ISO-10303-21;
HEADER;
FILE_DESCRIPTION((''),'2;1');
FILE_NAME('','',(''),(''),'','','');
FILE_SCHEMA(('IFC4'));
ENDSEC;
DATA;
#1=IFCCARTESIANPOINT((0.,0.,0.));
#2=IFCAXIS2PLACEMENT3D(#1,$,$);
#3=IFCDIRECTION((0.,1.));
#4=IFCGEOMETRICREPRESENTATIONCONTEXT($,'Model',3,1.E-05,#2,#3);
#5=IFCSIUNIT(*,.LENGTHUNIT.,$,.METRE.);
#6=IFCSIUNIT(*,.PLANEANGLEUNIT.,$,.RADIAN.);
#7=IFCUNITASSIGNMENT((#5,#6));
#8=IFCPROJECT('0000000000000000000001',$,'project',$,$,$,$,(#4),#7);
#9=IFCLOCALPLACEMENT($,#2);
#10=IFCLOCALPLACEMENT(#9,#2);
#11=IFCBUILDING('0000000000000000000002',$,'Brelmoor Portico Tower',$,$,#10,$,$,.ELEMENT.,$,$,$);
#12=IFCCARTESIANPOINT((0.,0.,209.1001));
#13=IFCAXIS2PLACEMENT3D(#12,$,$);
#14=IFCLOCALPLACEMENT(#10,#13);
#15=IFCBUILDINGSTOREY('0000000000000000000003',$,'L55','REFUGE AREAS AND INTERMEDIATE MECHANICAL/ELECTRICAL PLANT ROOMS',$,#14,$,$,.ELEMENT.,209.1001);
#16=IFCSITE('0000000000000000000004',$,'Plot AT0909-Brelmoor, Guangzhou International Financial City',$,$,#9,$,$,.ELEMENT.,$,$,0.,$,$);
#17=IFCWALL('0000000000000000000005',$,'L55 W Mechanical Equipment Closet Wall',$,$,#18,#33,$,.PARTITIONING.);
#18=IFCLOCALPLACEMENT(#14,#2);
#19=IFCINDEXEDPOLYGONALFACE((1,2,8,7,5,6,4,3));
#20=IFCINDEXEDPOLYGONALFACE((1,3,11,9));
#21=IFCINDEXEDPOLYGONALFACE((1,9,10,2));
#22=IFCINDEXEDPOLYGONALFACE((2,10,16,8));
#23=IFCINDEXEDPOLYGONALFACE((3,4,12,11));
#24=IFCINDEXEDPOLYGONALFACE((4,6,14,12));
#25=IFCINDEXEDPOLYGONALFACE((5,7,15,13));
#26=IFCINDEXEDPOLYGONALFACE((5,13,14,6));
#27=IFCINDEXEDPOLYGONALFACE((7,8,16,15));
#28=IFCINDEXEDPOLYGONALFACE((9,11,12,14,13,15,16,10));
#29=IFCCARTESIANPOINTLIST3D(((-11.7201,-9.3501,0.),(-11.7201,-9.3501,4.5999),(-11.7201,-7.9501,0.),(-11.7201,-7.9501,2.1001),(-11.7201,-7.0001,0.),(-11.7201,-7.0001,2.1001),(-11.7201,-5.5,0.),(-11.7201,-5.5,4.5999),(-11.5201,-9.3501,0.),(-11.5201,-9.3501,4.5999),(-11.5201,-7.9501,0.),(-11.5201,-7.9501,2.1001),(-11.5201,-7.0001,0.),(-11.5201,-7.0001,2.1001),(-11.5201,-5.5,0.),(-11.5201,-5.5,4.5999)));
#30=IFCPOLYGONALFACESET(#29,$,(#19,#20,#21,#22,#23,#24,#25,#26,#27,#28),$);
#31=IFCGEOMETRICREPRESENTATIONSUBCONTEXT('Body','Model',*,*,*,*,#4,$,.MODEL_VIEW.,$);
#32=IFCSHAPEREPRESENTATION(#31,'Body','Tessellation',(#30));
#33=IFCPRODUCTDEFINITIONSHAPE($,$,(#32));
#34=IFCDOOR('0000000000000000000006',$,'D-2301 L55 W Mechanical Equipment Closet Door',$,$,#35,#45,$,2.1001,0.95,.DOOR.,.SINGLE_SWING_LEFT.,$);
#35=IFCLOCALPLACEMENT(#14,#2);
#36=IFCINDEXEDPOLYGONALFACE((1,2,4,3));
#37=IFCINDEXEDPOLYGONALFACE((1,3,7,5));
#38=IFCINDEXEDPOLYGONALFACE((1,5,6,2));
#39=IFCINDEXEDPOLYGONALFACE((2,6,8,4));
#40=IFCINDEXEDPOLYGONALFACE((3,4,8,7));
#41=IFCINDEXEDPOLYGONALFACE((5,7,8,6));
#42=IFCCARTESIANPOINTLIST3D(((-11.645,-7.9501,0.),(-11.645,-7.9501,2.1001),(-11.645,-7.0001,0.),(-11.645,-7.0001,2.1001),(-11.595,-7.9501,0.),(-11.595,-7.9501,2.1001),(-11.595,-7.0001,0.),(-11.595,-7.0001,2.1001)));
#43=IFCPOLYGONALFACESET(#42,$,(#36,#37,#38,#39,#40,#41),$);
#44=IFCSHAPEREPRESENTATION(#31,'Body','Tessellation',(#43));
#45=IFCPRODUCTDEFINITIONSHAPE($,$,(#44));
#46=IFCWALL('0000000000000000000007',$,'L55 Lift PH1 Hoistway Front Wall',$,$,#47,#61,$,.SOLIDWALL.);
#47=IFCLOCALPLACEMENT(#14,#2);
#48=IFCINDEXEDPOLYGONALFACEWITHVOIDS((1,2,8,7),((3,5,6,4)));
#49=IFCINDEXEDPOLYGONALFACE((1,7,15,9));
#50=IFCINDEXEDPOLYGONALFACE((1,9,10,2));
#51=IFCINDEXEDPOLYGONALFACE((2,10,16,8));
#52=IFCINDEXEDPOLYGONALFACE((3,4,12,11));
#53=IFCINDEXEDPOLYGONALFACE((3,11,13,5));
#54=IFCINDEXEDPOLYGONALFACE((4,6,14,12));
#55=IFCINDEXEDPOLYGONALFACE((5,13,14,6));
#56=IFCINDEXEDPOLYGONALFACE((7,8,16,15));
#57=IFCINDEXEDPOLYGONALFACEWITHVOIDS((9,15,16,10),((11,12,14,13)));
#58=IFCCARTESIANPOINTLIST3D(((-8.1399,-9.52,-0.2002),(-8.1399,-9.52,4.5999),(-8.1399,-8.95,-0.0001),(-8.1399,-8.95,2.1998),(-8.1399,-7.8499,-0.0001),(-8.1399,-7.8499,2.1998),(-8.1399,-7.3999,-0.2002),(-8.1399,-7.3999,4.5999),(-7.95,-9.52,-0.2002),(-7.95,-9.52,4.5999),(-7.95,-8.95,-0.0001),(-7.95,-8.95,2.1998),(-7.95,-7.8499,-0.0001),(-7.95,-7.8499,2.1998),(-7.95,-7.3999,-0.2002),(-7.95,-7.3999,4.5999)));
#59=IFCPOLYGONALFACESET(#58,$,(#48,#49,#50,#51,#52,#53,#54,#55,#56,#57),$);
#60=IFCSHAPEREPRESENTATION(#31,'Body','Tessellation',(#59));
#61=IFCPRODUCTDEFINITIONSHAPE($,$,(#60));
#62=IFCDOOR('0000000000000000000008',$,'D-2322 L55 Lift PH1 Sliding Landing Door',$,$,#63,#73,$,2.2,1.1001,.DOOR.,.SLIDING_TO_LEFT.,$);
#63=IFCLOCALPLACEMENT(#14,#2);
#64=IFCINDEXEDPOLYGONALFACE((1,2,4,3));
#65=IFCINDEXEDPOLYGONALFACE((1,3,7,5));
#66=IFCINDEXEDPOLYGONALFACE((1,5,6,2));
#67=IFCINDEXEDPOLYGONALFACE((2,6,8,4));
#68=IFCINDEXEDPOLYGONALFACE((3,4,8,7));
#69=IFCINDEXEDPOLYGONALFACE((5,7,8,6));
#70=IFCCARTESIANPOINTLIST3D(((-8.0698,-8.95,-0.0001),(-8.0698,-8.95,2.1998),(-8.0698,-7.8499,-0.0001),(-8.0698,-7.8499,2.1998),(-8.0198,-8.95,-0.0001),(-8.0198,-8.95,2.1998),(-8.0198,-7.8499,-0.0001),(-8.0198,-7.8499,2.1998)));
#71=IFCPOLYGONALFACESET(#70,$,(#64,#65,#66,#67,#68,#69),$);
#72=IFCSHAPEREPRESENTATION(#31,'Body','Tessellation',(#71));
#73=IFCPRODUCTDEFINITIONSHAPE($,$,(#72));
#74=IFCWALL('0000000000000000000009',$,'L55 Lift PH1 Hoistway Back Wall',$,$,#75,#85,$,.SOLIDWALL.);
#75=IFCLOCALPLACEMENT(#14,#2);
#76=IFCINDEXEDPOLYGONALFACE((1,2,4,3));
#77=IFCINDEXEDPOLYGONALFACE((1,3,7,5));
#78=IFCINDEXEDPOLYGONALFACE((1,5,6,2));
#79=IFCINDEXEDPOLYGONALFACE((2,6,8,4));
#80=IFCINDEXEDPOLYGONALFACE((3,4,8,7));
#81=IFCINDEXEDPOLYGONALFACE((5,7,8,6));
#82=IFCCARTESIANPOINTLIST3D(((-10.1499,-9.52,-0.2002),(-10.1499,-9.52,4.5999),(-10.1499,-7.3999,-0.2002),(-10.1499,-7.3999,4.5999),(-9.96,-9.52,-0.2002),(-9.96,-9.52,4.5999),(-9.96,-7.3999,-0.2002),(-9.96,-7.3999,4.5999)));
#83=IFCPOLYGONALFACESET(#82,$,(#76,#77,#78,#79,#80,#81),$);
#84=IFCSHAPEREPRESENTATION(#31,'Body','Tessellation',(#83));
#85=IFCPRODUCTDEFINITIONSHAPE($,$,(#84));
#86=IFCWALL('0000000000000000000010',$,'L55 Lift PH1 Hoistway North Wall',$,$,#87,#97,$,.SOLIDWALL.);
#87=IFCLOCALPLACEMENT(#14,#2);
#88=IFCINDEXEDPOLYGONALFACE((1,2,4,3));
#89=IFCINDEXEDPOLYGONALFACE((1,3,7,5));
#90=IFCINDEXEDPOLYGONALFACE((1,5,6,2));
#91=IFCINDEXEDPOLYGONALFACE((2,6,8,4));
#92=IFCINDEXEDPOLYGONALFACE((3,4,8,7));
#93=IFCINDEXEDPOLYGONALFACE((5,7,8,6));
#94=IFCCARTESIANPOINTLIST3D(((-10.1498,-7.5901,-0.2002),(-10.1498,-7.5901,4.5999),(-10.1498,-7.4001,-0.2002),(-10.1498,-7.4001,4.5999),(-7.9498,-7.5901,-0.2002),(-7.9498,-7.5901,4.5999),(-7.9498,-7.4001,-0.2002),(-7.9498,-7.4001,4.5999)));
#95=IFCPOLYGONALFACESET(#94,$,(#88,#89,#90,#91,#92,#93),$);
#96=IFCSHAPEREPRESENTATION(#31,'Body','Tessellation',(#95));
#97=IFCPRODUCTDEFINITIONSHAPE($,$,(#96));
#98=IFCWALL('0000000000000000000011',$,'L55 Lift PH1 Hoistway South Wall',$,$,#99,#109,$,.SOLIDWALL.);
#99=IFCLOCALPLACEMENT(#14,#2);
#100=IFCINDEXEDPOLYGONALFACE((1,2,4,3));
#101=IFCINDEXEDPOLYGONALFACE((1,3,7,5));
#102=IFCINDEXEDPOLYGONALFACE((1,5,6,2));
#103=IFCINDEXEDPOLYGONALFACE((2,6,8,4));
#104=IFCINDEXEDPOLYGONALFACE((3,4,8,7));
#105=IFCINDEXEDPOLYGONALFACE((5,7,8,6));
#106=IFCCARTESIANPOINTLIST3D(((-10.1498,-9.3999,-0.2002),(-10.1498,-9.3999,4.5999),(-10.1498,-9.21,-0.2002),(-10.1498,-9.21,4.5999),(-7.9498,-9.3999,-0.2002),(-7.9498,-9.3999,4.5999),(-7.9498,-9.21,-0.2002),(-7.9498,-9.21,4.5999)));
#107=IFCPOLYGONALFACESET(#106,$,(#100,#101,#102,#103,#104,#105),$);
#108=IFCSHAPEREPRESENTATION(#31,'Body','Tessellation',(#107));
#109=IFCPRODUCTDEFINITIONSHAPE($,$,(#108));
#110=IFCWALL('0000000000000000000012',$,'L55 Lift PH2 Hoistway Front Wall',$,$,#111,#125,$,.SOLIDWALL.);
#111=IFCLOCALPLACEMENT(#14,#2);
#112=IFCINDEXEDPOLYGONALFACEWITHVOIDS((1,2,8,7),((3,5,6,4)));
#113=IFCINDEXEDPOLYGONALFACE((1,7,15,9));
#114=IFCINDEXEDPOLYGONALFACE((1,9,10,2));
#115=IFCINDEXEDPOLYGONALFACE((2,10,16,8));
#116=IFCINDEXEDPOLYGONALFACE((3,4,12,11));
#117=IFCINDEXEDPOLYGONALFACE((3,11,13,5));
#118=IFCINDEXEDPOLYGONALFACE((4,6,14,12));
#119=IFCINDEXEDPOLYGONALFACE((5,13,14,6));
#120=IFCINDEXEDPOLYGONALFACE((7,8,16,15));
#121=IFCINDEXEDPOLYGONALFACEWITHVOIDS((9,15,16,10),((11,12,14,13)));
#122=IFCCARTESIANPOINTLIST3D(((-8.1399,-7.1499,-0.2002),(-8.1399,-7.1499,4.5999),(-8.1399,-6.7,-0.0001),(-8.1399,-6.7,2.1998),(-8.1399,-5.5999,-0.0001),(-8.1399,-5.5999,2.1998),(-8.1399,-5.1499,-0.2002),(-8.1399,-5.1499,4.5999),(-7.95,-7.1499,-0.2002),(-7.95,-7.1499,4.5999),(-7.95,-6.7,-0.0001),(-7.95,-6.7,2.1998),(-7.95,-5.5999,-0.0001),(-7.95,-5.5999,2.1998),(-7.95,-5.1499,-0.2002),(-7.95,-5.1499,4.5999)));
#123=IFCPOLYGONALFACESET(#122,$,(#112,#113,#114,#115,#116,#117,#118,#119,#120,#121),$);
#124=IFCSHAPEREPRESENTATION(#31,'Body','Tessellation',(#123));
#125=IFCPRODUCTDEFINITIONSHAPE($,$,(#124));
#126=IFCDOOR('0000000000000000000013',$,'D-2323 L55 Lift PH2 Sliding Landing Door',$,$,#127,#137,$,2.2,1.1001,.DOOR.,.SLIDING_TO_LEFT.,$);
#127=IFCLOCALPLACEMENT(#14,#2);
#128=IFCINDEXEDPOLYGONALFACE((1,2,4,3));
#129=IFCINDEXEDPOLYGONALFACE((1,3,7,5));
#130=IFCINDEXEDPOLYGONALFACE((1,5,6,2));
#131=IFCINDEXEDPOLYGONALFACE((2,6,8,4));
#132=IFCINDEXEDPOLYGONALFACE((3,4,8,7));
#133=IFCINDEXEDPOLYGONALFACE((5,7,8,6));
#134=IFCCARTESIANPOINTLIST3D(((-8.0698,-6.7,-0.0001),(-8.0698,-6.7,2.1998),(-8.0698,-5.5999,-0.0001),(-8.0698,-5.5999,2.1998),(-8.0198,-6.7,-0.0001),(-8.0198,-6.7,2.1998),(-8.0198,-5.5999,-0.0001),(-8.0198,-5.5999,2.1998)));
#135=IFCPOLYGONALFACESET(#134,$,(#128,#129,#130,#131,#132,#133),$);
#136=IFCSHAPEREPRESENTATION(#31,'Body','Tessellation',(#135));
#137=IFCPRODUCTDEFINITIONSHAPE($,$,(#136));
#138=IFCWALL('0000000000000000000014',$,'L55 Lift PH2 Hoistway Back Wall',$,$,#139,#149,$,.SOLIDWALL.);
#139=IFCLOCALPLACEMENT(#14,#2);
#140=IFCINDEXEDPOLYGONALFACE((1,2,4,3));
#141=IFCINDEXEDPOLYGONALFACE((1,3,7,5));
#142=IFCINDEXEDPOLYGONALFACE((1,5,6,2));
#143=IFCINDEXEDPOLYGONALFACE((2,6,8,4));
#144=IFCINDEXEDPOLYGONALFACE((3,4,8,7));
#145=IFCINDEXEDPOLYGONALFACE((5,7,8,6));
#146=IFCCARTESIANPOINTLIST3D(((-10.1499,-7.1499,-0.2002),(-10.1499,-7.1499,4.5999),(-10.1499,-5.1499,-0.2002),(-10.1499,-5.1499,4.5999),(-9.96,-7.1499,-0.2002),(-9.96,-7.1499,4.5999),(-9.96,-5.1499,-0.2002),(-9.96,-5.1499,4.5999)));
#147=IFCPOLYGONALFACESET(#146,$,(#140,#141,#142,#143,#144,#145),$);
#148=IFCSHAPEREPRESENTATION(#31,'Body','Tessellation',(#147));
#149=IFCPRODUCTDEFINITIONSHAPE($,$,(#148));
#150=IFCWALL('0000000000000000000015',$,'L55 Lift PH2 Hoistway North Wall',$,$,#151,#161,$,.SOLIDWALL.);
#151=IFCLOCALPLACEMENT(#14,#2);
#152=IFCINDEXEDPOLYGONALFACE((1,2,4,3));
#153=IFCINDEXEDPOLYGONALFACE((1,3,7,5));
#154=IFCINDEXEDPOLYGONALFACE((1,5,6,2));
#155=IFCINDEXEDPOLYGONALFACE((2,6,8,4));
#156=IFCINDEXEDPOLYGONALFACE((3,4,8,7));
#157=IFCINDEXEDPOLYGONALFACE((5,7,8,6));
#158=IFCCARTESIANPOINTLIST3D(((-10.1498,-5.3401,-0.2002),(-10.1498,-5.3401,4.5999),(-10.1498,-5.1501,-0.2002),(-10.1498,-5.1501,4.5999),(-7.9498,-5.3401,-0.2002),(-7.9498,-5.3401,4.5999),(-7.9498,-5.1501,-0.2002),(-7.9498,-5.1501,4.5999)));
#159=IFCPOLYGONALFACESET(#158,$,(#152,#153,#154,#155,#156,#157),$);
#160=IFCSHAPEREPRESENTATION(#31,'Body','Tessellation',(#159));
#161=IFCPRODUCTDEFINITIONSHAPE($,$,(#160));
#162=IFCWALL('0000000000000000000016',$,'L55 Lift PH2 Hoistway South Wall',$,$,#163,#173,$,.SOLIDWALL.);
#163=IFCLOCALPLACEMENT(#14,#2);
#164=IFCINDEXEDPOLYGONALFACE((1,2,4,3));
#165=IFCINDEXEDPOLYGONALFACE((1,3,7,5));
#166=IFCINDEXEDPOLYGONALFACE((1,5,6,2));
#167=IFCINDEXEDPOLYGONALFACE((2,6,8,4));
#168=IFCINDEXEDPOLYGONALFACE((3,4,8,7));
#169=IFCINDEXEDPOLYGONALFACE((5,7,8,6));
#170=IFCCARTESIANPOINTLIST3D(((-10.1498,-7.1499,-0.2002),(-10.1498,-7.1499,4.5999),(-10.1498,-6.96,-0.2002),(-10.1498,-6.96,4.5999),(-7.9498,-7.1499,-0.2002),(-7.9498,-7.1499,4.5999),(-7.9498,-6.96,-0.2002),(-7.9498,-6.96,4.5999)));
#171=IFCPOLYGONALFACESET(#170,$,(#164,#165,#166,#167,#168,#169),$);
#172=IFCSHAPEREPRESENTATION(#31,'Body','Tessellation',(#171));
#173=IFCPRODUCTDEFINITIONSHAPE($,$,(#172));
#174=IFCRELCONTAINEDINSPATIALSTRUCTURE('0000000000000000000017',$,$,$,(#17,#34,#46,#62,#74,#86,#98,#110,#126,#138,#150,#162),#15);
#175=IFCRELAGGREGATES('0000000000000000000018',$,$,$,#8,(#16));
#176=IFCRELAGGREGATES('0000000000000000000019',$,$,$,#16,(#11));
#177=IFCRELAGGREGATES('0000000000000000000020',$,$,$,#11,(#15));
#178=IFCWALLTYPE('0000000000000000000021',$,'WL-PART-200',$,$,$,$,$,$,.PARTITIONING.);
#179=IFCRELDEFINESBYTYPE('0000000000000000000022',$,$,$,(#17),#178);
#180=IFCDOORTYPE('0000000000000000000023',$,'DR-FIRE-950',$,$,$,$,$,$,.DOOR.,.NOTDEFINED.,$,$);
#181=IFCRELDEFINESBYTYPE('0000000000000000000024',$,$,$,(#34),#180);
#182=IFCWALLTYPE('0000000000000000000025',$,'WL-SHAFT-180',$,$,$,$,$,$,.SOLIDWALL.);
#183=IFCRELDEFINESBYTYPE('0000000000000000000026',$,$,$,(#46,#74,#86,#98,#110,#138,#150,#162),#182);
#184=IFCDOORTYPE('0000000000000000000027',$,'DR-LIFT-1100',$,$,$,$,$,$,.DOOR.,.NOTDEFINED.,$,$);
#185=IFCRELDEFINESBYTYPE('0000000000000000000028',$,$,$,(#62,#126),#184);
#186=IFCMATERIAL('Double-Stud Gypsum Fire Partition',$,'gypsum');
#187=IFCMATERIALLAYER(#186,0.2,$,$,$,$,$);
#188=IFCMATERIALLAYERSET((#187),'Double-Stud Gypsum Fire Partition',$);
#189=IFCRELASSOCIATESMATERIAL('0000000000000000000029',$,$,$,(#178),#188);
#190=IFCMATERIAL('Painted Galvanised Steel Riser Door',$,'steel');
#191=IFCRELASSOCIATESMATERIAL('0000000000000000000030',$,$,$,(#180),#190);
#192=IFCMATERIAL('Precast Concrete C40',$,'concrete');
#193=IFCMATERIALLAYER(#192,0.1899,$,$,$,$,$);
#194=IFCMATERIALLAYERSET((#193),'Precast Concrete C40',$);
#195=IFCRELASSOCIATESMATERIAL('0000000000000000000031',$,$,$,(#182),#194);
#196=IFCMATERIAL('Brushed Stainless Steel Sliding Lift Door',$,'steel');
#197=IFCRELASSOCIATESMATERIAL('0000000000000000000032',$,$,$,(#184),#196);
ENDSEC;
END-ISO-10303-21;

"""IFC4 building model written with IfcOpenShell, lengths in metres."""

from ifc_helpers import new_model, si_unit, direction, frame, frame_2d, origin, place, context, subcontext, project, spatial, rectangle, extrude, material, layer, layer_set, type_object, element, fill, save


model = new_model("IFC4")

# Units and contexts
model_context = context("Model", 3, precision=1e-05, world=origin(), true_north=direction((0.0, 1.0)))
body_context = subcontext(model_context, "Body", "Model", "MODEL_VIEW")
ifc_project = project(units=[si_unit("LENGTHUNIT", "METRE"), si_unit("PLANEANGLEUNIT", "RADIAN")], contexts=[model_context])

# Site, building, storey
site_placement = place(None, origin())
site = spatial("IfcSite", under=ifc_project, at=site_placement, Name="Plot AT0909-Brelmoor, Guangzhou International Financial City", CompositionType="ELEMENT", RefElevation=0.0)
building_placement = place(site_placement, origin())
building = spatial("IfcBuilding", under=site, at=building_placement, Name="Brelmoor Portico Tower", CompositionType="ELEMENT")
storey_placement = place(building_placement, frame((0.0, 0.0, 209.1001)))
storey = spatial("IfcBuildingStorey", under=building, at=storey_placement, Name="L55", Description="REFUGE AREAS AND INTERMEDIATE MECHANICAL/ELECTRICAL PLANT ROOMS", CompositionType="ELEMENT", Elevation=209.1001)

# Shared definitions
ifc_material_1 = material(Name="Double-Stud Gypsum Fire Partition", Category="gypsum")
ifc_layer_1 = layer(ifc_material_1, 0.2)
ifc_layer_set_1 = layer_set([ifc_layer_1], Name="Double-Stud Gypsum Fire Partition")
wall_type_1 = type_object("IfcWallType", Name="WL-PART-200", PredefinedType="PARTITIONING", material=ifc_layer_set_1)

# Shared definitions
ifc_material_2 = material(Name="Painted Galvanised Steel Riser Door", Category="steel")
door_type_1 = type_object("IfcDoorType", Name="DR-FIRE-950", OperationType="NOTDEFINED", PredefinedType="DOOR", material=ifc_material_2)

# Walls, openings, doors
wall_1_placement = place(storey_placement, frame((-11.6201, -9.3501, 0.0), z_axis=(0.0, 0.0, 1.0), x_axis=(0.0, 1.0, 0.0)))
wall_1 = element("IfcWall", 1, at=wall_1_placement, inside=storey, type_object=wall_type_1, Name="L55 W Mechanical Equipment Closet Wall", PredefinedType="PARTITIONING", context=body_context, shape_type="SweptSolid", body=[
    extrude(rectangle(XDim=3.8501, YDim=0.2, at=frame_2d((1.925, 0.0))), origin(), (0.0, 0.0, 1.0), 4.5999),
])
opening_1_placement = place(wall_1_placement, frame((1.3999, 0.0, 0.0)))
opening_1 = element("IfcOpeningElement", 2, at=opening_1_placement, cuts=wall_1, PredefinedType="OPENING", context=body_context, shape_type="SweptSolid", body=[
    extrude(rectangle(XDim=0.95, YDim=2.1001, at=frame_2d((0.4751, 1.05))), frame((0.0, 0.1099, 0.0), z_axis=(0.0, -1.0, 0.0), x_axis=(1.0, 0.0, 0.0)), (0.0, 0.0, 1.0), 0.22),
])
door_1_placement = place(opening_1_placement, origin())
door_1 = element("IfcDoor", 3, at=door_1_placement, inside=storey, type_object=door_type_1, Name="D-2301 L55 W Mechanical Equipment Closet Door", OperationType="SINGLE_SWING_LEFT", OverallHeight=2.1001, OverallWidth=0.95, PredefinedType="DOOR", context=body_context, shape_type="SweptSolid", body=[
    extrude(rectangle(XDim=0.95, YDim=2.1001, at=frame_2d((0.4751, 1.05))), frame((0.0, 0.0249, 0.0), z_axis=(0.0, -1.0, 0.0), x_axis=(1.0, 0.0, 0.0)), (0.0, 0.0, 1.0), 0.05),
])
fill(opening_1, door_1)
ifc_material_3 = material(Name="Precast Concrete C40", Category="concrete")
ifc_layer_2 = layer(ifc_material_3, 0.1899)
ifc_layer_set_2 = layer_set([ifc_layer_2], Name="Precast Concrete C40")
wall_type_2 = type_object("IfcWallType", Name="WL-SHAFT-180", PredefinedType="SOLIDWALL", material=ifc_layer_set_2)
wall_2_placement = place(storey_placement, frame((-8.0449, -9.52, -0.2002), z_axis=(0.0, 0.0, 1.0), x_axis=(0.0, 1.0, 0.0)))
wall_2 = element("IfcWall", 4, at=wall_2_placement, inside=storey, type_object=wall_type_2, Name="L55 Lift PH1 Hoistway Front Wall", PredefinedType="SOLIDWALL", context=body_context, shape_type="SweptSolid", body=[
    extrude(rectangle(XDim=2.1201, YDim=0.1899, at=frame_2d((1.0601, 0.0))), origin(), (0.0, 0.0, 1.0), 4.8),
])
opening_2_placement = place(wall_2_placement, frame((0.5701, 0.0, 0.2)))
opening_2 = element("IfcOpeningElement", 5, at=opening_2_placement, cuts=wall_2, PredefinedType="OPENING", context=body_context, shape_type="SweptSolid", body=[
    extrude(rectangle(XDim=1.1001, YDim=2.2, at=frame_2d((0.55, 1.1001))), frame((0.0, 0.105, 0.0), z_axis=(0.0, -1.0, 0.0), x_axis=(1.0, 0.0, 0.0)), (0.0, 0.0, 1.0), 0.21),
])
ifc_material_4 = material(Name="Brushed Stainless Steel Sliding Lift Door", Category="steel")
door_type_2 = type_object("IfcDoorType", Name="DR-LIFT-1100", OperationType="NOTDEFINED", PredefinedType="DOOR", material=ifc_material_4)
door_2_placement = place(opening_2_placement, origin())
door_2 = element("IfcDoor", 6, at=door_2_placement, inside=storey, type_object=door_type_2, Name="D-2322 L55 Lift PH1 Sliding Landing Door", OperationType="SLIDING_TO_LEFT", OverallHeight=2.2, OverallWidth=1.1001, PredefinedType="DOOR", context=body_context, shape_type="SweptSolid", body=[
    extrude(rectangle(XDim=1.1001, YDim=2.2, at=frame_2d((0.55, 1.1001))), frame((0.0, 0.0249, 0.0), z_axis=(0.0, -1.0, 0.0), x_axis=(1.0, 0.0, 0.0)), (0.0, 0.0, 1.0), 0.05),
])
fill(opening_2, door_2)

# Walls
wall_3_placement = place(storey_placement, frame((-10.0549, -9.52, -0.2002), z_axis=(0.0, 0.0, 1.0), x_axis=(0.0, 1.0, 0.0)))
element("IfcWall", 7, at=wall_3_placement, inside=storey, type_object=wall_type_2, Name="L55 Lift PH1 Hoistway Back Wall", PredefinedType="SOLIDWALL", context=body_context, shape_type="SweptSolid", body=[
    extrude(rectangle(XDim=2.1201, YDim=0.1899, at=frame_2d((1.0601, 0.0))), origin(), (0.0, 0.0, 1.0), 4.8),
])
for number, where, z_axis, x_axis, name in (
    (8, (-10.1499, -7.4951, -0.2002), (0.0, 0.0, 1.0), (1.0, 0.0, 0.0), "L55 Lift PH1 Hoistway North Wall"),
    (9, (-10.1499, -9.3049, -0.2002), (0.0, 0.0, 1.0), (1.0, 0.0, 0.0), "L55 Lift PH1 Hoistway South Wall"),
):
    element("IfcWall", number, at=place(storey_placement, frame(where, z_axis=z_axis, x_axis=x_axis)), inside=storey, type_object=wall_type_2, Name=name, PredefinedType="SOLIDWALL", context=body_context, shape_type="SweptSolid", body=[
        extrude(rectangle(XDim=2.2, YDim=0.1899, at=frame_2d((1.1001, 0.0))), origin(), (0.0, 0.0, 1.0), 4.8),
    ])

# Wall, opening, door
wall_4_placement = place(storey_placement, frame((-8.0449, -7.1499, -0.2002), z_axis=(0.0, 0.0, 1.0), x_axis=(0.0, 1.0, 0.0)))
wall_4 = element("IfcWall", 10, at=wall_4_placement, inside=storey, type_object=wall_type_2, Name="L55 Lift PH2 Hoistway Front Wall", PredefinedType="SOLIDWALL", context=body_context, shape_type="SweptSolid", body=[
    extrude(rectangle(XDim=2.0, YDim=0.1899, at=frame_2d((1.0, 0.0))), origin(), (0.0, 0.0, 1.0), 4.8),
])
opening_3_placement = place(wall_4_placement, frame((0.45, 0.0, 0.2)))
opening_3 = element("IfcOpeningElement", 11, at=opening_3_placement, cuts=wall_4, PredefinedType="OPENING", context=body_context, shape_type="SweptSolid", body=[
    extrude(rectangle(XDim=1.1001, YDim=2.2, at=frame_2d((0.55, 1.1001))), frame((0.0, 0.105, 0.0), z_axis=(0.0, -1.0, 0.0), x_axis=(1.0, 0.0, 0.0)), (0.0, 0.0, 1.0), 0.21),
])
door_3_placement = place(opening_3_placement, origin())
door_3 = element("IfcDoor", 12, at=door_3_placement, inside=storey, type_object=door_type_2, Name="D-2323 L55 Lift PH2 Sliding Landing Door", OperationType="SLIDING_TO_LEFT", OverallHeight=2.2, OverallWidth=1.1001, PredefinedType="DOOR", context=body_context, shape_type="SweptSolid", body=[
    extrude(rectangle(XDim=1.1001, YDim=2.2, at=frame_2d((0.55, 1.1001))), frame((0.0, 0.0249, 0.0), z_axis=(0.0, -1.0, 0.0), x_axis=(1.0, 0.0, 0.0)), (0.0, 0.0, 1.0), 0.05),
])
fill(opening_3, door_3)

# Walls
wall_5_placement = place(storey_placement, frame((-10.0549, -7.1499, -0.2002), z_axis=(0.0, 0.0, 1.0), x_axis=(0.0, 1.0, 0.0)))
element("IfcWall", 13, at=wall_5_placement, inside=storey, type_object=wall_type_2, Name="L55 Lift PH2 Hoistway Back Wall", PredefinedType="SOLIDWALL", context=body_context, shape_type="SweptSolid", body=[
    extrude(rectangle(XDim=2.0, YDim=0.1899, at=frame_2d((1.0, 0.0))), origin(), (0.0, 0.0, 1.0), 4.8),
])
for number, where, z_axis, x_axis, name in (
    (14, (-10.1499, -5.2451, -0.2002), (0.0, 0.0, 1.0), (1.0, 0.0, 0.0), "L55 Lift PH2 Hoistway North Wall"),
    (15, (-10.1499, -7.0549, -0.2002), (0.0, 0.0, 1.0), (1.0, 0.0, 0.0), "L55 Lift PH2 Hoistway South Wall"),
):
    element("IfcWall", number, at=place(storey_placement, frame(where, z_axis=z_axis, x_axis=x_axis)), inside=storey, type_object=wall_type_2, Name=name, PredefinedType="SOLIDWALL", context=body_context, shape_type="SweptSolid", body=[
        extrude(rectangle(XDim=2.2, YDim=0.1899, at=frame_2d((1.1001, 0.0))), origin(), (0.0, 0.0, 1.0), 4.8),
    ])

save(model, "model.ifc")
